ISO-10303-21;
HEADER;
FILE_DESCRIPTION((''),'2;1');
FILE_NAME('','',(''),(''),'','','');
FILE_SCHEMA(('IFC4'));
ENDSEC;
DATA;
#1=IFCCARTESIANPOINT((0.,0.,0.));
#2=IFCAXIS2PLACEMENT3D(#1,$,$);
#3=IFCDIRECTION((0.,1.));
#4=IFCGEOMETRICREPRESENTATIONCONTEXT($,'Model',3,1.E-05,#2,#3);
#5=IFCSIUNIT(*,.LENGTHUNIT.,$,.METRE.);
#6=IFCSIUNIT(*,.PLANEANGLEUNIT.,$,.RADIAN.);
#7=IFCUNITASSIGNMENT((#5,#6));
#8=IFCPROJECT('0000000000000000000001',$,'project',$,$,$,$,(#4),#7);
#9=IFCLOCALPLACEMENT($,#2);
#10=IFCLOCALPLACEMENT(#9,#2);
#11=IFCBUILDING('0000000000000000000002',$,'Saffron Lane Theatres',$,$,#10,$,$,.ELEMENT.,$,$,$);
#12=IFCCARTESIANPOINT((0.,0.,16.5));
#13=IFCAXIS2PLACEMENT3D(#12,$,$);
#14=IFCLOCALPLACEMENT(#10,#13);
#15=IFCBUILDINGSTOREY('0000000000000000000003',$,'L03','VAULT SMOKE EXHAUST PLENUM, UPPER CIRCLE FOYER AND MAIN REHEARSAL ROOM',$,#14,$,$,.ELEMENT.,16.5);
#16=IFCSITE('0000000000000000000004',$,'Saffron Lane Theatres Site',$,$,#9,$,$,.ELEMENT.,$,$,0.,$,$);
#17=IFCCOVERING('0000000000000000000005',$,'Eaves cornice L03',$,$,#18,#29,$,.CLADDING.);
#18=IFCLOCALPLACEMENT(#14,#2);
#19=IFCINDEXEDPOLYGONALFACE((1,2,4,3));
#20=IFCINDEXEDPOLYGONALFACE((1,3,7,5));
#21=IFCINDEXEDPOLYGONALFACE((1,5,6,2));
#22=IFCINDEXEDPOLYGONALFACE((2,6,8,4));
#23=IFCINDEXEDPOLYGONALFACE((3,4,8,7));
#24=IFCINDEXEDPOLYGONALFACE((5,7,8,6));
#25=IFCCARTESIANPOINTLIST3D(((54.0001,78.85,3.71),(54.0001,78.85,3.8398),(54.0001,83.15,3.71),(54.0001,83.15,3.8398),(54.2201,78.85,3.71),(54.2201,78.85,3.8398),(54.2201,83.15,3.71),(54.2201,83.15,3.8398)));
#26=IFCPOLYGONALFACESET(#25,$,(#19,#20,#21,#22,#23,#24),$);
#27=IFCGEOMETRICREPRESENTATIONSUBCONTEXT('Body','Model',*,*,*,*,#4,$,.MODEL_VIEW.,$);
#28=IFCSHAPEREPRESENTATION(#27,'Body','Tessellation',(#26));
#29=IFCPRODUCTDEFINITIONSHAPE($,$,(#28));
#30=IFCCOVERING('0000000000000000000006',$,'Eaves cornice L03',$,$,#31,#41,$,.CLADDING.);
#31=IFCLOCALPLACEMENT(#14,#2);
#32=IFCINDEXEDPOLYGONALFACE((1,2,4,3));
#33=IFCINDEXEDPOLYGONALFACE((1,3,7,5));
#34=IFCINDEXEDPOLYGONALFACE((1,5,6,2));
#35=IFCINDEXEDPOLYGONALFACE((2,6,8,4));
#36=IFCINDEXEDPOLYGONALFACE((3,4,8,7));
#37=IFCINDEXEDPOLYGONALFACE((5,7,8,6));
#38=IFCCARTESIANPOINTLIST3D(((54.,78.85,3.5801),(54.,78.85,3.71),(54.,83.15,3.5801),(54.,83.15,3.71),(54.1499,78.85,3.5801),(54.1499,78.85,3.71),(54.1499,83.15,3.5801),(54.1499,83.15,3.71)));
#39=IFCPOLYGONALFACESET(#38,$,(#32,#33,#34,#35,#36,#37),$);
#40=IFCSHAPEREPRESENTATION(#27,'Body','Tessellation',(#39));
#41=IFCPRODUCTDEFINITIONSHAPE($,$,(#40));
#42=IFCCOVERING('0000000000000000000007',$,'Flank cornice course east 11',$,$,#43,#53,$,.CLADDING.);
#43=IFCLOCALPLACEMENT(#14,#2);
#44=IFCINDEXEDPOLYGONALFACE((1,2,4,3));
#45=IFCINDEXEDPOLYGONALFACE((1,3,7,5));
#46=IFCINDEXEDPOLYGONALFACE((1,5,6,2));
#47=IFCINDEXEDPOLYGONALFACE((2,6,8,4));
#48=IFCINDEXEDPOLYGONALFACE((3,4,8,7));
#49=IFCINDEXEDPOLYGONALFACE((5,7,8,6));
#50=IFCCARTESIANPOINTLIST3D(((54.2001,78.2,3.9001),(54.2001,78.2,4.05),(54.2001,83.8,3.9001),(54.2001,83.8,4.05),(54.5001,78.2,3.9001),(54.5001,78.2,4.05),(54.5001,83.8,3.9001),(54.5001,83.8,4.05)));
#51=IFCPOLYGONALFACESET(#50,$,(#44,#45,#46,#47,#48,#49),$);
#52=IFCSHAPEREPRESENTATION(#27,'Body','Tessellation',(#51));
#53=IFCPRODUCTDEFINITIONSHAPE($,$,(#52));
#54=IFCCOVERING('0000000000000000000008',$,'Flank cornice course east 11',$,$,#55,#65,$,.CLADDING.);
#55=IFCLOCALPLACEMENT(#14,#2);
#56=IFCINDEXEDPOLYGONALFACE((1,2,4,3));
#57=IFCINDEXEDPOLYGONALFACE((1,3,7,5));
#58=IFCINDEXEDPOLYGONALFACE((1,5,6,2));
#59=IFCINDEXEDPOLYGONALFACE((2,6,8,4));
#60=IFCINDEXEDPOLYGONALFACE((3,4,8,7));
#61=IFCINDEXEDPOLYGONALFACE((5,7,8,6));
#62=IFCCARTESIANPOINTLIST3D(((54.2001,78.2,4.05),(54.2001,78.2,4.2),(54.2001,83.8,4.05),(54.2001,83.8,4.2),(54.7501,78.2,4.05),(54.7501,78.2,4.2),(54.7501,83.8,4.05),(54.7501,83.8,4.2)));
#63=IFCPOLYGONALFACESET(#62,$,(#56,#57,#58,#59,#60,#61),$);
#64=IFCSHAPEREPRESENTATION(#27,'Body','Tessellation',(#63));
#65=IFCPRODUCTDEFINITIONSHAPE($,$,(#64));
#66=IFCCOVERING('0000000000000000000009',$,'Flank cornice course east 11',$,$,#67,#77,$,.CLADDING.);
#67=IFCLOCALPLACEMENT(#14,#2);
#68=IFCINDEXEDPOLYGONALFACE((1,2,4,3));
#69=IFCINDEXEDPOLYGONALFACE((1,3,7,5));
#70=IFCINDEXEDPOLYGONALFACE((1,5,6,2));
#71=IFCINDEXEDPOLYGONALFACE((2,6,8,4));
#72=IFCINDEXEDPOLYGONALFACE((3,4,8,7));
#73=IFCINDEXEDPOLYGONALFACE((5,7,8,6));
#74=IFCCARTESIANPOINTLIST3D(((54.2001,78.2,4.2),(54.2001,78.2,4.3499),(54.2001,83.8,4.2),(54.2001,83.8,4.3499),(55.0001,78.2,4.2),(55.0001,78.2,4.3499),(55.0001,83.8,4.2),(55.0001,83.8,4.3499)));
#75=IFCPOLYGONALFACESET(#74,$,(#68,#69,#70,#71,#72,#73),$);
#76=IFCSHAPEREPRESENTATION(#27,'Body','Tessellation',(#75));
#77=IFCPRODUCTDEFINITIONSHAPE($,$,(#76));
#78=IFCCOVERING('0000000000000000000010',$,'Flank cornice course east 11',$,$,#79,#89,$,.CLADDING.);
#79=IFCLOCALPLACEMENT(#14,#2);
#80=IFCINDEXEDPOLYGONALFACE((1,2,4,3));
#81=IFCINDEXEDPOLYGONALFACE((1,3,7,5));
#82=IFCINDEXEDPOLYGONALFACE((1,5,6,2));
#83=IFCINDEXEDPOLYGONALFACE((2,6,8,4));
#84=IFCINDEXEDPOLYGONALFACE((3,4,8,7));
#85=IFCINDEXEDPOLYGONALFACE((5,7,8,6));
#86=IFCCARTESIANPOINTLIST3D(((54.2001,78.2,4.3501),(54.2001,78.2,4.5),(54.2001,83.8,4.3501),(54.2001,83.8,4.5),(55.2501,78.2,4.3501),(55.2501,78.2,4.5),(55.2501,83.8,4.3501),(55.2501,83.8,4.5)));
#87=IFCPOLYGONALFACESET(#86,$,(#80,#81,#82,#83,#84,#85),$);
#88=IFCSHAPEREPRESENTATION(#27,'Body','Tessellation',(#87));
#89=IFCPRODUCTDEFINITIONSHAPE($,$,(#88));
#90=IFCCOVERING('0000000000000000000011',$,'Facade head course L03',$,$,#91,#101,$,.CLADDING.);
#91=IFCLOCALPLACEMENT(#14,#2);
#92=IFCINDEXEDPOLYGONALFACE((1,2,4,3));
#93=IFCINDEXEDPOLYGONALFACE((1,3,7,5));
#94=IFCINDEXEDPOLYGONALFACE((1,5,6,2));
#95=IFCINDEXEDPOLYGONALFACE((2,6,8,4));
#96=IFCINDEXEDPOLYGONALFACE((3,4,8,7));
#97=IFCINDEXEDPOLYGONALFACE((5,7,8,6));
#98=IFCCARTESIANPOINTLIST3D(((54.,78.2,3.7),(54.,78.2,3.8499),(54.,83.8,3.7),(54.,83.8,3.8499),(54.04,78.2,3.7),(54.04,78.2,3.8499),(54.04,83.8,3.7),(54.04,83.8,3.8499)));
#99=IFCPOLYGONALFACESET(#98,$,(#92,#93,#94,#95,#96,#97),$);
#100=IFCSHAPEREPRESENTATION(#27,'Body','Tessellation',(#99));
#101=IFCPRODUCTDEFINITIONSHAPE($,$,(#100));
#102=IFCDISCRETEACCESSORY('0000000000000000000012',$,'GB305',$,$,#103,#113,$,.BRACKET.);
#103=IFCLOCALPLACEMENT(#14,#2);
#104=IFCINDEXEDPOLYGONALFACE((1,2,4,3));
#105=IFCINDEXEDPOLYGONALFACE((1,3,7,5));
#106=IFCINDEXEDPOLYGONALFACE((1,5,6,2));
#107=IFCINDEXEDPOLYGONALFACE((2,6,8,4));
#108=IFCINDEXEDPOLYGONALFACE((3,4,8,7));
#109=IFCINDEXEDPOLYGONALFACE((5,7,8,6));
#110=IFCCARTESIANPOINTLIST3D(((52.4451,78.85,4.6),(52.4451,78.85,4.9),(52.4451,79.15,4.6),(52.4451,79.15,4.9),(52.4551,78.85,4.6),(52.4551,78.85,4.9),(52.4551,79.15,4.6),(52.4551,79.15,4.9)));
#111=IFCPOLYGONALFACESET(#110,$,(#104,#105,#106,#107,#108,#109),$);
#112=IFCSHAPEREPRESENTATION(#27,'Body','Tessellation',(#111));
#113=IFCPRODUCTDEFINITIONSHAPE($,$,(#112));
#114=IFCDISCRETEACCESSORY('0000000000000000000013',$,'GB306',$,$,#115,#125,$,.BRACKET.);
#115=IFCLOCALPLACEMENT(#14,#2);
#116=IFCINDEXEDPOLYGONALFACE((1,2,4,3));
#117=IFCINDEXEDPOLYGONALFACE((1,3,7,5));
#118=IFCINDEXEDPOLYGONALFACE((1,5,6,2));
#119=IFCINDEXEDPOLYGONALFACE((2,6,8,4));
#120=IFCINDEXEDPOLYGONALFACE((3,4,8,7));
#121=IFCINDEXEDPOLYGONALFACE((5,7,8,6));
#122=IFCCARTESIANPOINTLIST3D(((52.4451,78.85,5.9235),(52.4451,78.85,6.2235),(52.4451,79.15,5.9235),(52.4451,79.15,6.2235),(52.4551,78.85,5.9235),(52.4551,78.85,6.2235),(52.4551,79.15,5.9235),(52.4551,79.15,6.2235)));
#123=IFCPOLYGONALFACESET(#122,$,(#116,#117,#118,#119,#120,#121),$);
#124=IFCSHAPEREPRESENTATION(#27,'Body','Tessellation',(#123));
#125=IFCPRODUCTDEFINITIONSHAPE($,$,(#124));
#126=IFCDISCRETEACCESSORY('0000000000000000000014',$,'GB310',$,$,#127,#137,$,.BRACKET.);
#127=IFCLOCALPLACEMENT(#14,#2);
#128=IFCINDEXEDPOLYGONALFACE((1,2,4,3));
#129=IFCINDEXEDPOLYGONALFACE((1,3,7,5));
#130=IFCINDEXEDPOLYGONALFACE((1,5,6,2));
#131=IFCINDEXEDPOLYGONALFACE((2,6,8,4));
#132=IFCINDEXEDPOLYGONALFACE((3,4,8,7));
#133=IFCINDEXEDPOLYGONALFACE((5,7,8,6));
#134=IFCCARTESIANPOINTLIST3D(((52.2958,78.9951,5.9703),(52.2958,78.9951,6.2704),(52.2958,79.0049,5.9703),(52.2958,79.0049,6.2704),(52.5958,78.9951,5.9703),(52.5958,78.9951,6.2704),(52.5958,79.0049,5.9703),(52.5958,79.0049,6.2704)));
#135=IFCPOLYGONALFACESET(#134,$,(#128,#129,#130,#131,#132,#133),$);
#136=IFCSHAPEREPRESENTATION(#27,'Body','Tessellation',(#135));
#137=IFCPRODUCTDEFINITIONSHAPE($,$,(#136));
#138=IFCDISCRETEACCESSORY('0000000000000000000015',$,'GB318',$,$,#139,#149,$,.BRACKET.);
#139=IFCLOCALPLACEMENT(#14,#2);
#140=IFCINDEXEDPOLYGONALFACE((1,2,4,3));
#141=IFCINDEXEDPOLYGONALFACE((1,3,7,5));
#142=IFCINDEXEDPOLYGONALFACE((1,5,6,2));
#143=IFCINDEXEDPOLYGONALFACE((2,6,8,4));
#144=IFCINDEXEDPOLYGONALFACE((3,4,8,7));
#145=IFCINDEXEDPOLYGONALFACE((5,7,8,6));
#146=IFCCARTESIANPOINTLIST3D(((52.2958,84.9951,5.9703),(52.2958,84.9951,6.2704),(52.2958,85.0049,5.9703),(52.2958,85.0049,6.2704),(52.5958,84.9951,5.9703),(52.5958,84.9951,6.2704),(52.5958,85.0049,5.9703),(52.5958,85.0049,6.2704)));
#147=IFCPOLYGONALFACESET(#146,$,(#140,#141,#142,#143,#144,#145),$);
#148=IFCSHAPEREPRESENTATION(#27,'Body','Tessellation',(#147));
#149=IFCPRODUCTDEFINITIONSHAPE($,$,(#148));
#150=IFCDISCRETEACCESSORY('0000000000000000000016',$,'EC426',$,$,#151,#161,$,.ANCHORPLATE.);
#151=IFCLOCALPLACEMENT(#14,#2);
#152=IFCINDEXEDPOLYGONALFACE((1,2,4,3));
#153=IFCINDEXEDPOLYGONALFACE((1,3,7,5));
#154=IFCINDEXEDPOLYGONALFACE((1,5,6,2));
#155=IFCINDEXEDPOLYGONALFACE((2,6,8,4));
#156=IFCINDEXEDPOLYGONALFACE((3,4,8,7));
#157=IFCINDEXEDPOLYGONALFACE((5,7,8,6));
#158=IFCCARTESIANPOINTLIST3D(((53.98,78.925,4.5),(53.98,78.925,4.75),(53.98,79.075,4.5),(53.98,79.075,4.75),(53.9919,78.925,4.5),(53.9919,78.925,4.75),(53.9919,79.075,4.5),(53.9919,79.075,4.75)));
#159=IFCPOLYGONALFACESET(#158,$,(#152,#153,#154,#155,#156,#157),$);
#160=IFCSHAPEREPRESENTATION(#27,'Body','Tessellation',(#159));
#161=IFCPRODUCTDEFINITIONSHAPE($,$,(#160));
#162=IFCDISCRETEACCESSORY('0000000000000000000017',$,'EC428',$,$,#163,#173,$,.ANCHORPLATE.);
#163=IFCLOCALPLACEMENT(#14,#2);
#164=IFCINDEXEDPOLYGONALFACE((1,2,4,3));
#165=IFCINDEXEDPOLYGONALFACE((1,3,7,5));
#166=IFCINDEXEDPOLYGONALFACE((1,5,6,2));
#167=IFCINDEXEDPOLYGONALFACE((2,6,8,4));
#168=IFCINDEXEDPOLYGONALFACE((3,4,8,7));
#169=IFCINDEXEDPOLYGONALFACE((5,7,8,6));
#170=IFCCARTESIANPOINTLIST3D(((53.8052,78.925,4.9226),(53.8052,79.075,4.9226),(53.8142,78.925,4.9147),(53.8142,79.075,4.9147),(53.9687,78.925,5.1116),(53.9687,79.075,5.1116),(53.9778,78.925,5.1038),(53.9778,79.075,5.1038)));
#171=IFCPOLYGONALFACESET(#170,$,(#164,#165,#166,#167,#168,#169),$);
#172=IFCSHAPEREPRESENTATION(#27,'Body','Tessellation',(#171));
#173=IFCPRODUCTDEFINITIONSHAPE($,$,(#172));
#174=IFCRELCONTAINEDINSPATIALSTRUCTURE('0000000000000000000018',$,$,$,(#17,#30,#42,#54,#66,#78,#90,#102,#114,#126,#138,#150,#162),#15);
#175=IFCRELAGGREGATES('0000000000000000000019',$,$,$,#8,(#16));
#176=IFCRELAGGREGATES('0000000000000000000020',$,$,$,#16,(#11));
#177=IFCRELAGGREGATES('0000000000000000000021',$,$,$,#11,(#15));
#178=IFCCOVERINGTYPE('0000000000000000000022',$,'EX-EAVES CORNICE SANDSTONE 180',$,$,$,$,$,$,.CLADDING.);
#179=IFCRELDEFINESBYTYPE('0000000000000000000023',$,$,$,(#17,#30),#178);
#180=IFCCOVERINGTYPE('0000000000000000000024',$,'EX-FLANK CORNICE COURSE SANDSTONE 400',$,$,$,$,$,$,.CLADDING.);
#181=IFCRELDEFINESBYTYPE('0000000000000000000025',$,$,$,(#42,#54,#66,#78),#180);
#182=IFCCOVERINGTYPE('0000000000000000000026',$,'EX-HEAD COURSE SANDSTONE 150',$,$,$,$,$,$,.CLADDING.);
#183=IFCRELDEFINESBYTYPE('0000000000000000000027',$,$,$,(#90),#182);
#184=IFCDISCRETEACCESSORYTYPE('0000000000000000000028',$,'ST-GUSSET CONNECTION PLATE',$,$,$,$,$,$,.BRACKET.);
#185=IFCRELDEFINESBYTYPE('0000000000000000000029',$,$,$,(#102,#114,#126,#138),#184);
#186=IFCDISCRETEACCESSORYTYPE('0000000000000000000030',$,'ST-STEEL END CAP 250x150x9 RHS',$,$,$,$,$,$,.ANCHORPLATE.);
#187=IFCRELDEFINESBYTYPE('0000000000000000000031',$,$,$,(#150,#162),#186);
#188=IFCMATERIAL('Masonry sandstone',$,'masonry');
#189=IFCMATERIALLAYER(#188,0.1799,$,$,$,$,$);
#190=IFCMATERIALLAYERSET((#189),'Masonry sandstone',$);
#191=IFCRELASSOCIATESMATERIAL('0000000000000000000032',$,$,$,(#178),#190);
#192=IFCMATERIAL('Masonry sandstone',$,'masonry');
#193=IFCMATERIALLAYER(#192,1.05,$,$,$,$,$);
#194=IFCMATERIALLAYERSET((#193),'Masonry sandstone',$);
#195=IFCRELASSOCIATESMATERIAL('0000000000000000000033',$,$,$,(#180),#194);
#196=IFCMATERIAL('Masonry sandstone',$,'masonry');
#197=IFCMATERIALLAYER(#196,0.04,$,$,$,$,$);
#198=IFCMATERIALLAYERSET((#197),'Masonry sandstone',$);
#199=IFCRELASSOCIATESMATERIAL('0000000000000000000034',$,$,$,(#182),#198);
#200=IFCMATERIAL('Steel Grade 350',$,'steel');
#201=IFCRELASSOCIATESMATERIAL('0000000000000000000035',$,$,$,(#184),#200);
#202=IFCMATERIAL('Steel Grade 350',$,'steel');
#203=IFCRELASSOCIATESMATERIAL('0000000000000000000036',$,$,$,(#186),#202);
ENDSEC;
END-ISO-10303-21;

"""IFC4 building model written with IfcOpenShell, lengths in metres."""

from ifc_helpers import new_model, si_unit, direction, frame, origin, origin_2d, place, context, subcontext, project, spatial, rectangle, extrude, material, layer, layer_set, material_profile, profile_set, type_object, element, save


model = new_model("IFC4")

# Units and contexts
model_context = context("Model", 3, precision=1e-05, world=origin(), true_north=direction((0.0, 1.0)))
body_context = subcontext(model_context, "Body", "Model", "MODEL_VIEW")
ifc_project = project(units=[si_unit("LENGTHUNIT", "METRE"), si_unit("PLANEANGLEUNIT", "RADIAN")], contexts=[model_context])

# Site, building, storey
site_placement = place(None, origin())
site = spatial("IfcSite", under=ifc_project, at=site_placement, Name="Saffron Lane Theatres Site", CompositionType="ELEMENT", RefElevation=0.0)
building_placement = place(site_placement, origin())
building = spatial("IfcBuilding", under=site, at=building_placement, Name="Saffron Lane Theatres", CompositionType="ELEMENT")
storey_placement = place(building_placement, frame((0.0, 0.0, 16.5)))
storey = spatial("IfcBuildingStorey", under=building, at=storey_placement, Name="L03", Description="VAULT SMOKE EXHAUST PLENUM, UPPER CIRCLE FOYER AND MAIN REHEARSAL ROOM", CompositionType="ELEMENT", Elevation=16.5)

# Coverings
ifc_material_1 = material(Name="Masonry sandstone", Category="masonry")
ifc_layer_1 = layer(ifc_material_1, 0.1799)
ifc_layer_set_1 = layer_set([ifc_layer_1], Name="Masonry sandstone")
covering_type_1 = type_object("IfcCoveringType", Name="EX-EAVES CORNICE SANDSTONE 180", PredefinedType="CLADDING", material=ifc_layer_set_1)
covering_1_placement = place(storey_placement, frame((54.1101, 81.0, 3.71), z_axis=(0.0, 0.0, 1.0), x_axis=(0.0, -1.0, 0.0)))
element("IfcCovering", 1, at=covering_1_placement, inside=storey, type_object=covering_type_1, Name="Eaves cornice L03", PredefinedType="CLADDING", context=body_context, shape_type="SweptSolid", body=[
    extrude(rectangle(XDim=4.3, YDim=0.22, at=origin_2d()), origin(), (0.0, 0.0, 1.0), 0.1299),
])
covering_2_placement = place(storey_placement, frame((54.075, 81.0, 3.5801), z_axis=(0.0, 0.0, 1.0), x_axis=(0.0, -1.0, 0.0)))
element("IfcCovering", 2, at=covering_2_placement, inside=storey, type_object=covering_type_1, Name="Eaves cornice L03", PredefinedType="CLADDING", context=body_context, shape_type="SweptSolid", body=[
    extrude(rectangle(XDim=4.3, YDim=0.1499, at=origin_2d()), origin(), (0.0, 0.0, 1.0), 0.1299),
])
ifc_material_2 = material(Name="Masonry sandstone", Category="masonry")
ifc_layer_2 = layer(ifc_material_2, 1.05)
ifc_layer_set_2 = layer_set([ifc_layer_2], Name="Masonry sandstone")
covering_type_2 = type_object("IfcCoveringType", Name="EX-FLANK CORNICE COURSE SANDSTONE 400", PredefinedType="CLADDING", material=ifc_layer_set_2)
covering_3_placement = place(storey_placement, frame((54.3501, 81.0, 3.9001), z_axis=(0.0, 0.0, 1.0), x_axis=(0.0, 1.0, 0.0)))
element("IfcCovering", 3, at=covering_3_placement, inside=storey, type_object=covering_type_2, Name="Flank cornice course east 11", PredefinedType="CLADDING", context=body_context, shape_type="SweptSolid", body=[
    extrude(rectangle(XDim=5.6001, YDim=0.3, at=origin_2d()), origin(), (0.0, 0.0, 1.0), 0.1499),
])
covering_4_placement = place(storey_placement, frame((54.4751, 81.0, 4.05), z_axis=(0.0, 0.0, 1.0), x_axis=(0.0, 1.0, 0.0)))
element("IfcCovering", 4, at=covering_4_placement, inside=storey, type_object=covering_type_2, Name="Flank cornice course east 11", PredefinedType="CLADDING", context=body_context, shape_type="SweptSolid", body=[
    extrude(rectangle(XDim=5.6001, YDim=0.55, at=origin_2d()), origin(), (0.0, 0.0, 1.0), 0.1499),
])
covering_5_placement = place(storey_placement, frame((54.6001, 81.0, 4.2), z_axis=(0.0, 0.0, 1.0), x_axis=(0.0, 1.0, 0.0)))
element("IfcCovering", 5, at=covering_5_placement, inside=storey, type_object=covering_type_2, Name="Flank cornice course east 11", PredefinedType="CLADDING", context=body_context, shape_type="SweptSolid", body=[
    extrude(rectangle(XDim=5.6001, YDim=0.8, at=origin_2d()), origin(), (0.0, 0.0, 1.0), 0.1499),
])
covering_6_placement = place(storey_placement, frame((54.7251, 81.0, 4.3501), z_axis=(0.0, 0.0, 1.0), x_axis=(0.0, 1.0, 0.0)))
element("IfcCovering", 6, at=covering_6_placement, inside=storey, type_object=covering_type_2, Name="Flank cornice course east 11", PredefinedType="CLADDING", context=body_context, shape_type="SweptSolid", body=[
    extrude(rectangle(XDim=5.6001, YDim=1.05, at=origin_2d()), origin(), (0.0, 0.0, 1.0), 0.1499),
])
ifc_material_3 = material(Name="Masonry sandstone", Category="masonry")
ifc_layer_3 = layer(ifc_material_3, 0.04)
ifc_layer_set_3 = layer_set([ifc_layer_3], Name="Masonry sandstone")
covering_type_3 = type_object("IfcCoveringType", Name="EX-HEAD COURSE SANDSTONE 150", PredefinedType="CLADDING", material=ifc_layer_set_3)
covering_7_placement = place(storey_placement, frame((54.02, 81.0, 3.7), z_axis=(0.0, 0.0, 1.0), x_axis=(0.0, -1.0, 0.0)))
element("IfcCovering", 7, at=covering_7_placement, inside=storey, type_object=covering_type_3, Name="Facade head course L03", PredefinedType="CLADDING", context=body_context, shape_type="SweptSolid", body=[
    extrude(rectangle(XDim=5.6001, YDim=0.04, at=origin_2d()), origin(), (0.0, 0.0, 1.0), 0.1499),
])

# Discrete accessories
ifc_material_4 = material(Name="Steel Grade 350", Category="steel")
ifc_material_profile_1 = material_profile(ifc_material_4, rectangle(XDim=0.3, YDim=0.3, at=origin_2d()))
ifc_profile_set_1 = profile_set([ifc_material_profile_1], Name="Steel Grade 350")
discrete_accessory_type_1 = type_object("IfcDiscreteAccessoryType", Name="ST-GUSSET CONNECTION PLATE", PredefinedType="BRACKET", material=ifc_profile_set_1)
for number, where, z_axis, x_axis, name in (
    (8, (52.4451, 79.0, 4.75), (1.0, 0.0, 0.0), (0.0, 1.0, 0.0), "GB305"),
    (9, (52.4451, 79.0, 6.0735), (1.0, 0.0, 0.0), (0.0, 1.0, 0.0), "GB306"),
):
    element("IfcDiscreteAccessory", number, at=place(storey_placement, frame(where, z_axis=z_axis, x_axis=x_axis)), inside=storey, type_object=discrete_accessory_type_1, Name=name, PredefinedType="BRACKET", context=body_context, shape_type="SweptSolid", body=[
        extrude(rectangle(XDim=0.3, YDim=0.3, at=origin_2d()), origin(), (0.0, 0.0, 1.0), 0.01),
    ])
for number, where, z_axis, x_axis, name in (
    (10, (52.4458, 78.9951, 6.1204), (0.0, 1.0, 0.0), (-1.0, 0.0, 0.0), "GB310"),
    (11, (52.4458, 84.9951, 6.1204), (0.0, 1.0, 0.0), (-1.0, 0.0, 0.0), "GB318"),
):
    element("IfcDiscreteAccessory", number, at=place(storey_placement, frame(where, z_axis=z_axis, x_axis=x_axis)), inside=storey, type_object=discrete_accessory_type_1, Name=name, PredefinedType="BRACKET", context=body_context, shape_type="SweptSolid", body=[
        extrude(rectangle(XDim=0.3, YDim=0.3, at=origin_2d()), origin(), (0.0, 0.0, 1.0), 0.0098),
    ])
ifc_material_5 = material(Name="Steel Grade 350", Category="steel")
ifc_material_profile_2 = material_profile(ifc_material_5, rectangle(XDim=0.1499, YDim=0.25, at=origin_2d()))
ifc_profile_set_2 = profile_set([ifc_material_profile_2], Name="Steel Grade 350")
discrete_accessory_type_2 = type_object("IfcDiscreteAccessoryType", Name="ST-STEEL END CAP 250x150x9 RHS", PredefinedType="ANCHORPLATE", material=ifc_profile_set_2)
for number, where, z_axis, x_axis, name in (
    (12, (53.9919, 79.0, 4.625), (-1.0, 0.0, 0.0), (0.0, -1.0, 0.0), "EC426"),
    (13, (53.896, 79.0, 5.0093), (-0.756363, 0.0, 0.654152), (0.0, -1.0, 0.0), "EC428"),
):
    element("IfcDiscreteAccessory", number, at=place(storey_placement, frame(where, z_axis=z_axis, x_axis=x_axis)), inside=storey, type_object=discrete_accessory_type_2, Name=name, PredefinedType="ANCHORPLATE", context=body_context, shape_type="SweptSolid", body=[
        extrude(rectangle(XDim=0.1499, YDim=0.25, at=origin_2d()), origin(), (0.0, 0.0, 1.0), 0.012),
    ])

save(model, "model.ifc")
